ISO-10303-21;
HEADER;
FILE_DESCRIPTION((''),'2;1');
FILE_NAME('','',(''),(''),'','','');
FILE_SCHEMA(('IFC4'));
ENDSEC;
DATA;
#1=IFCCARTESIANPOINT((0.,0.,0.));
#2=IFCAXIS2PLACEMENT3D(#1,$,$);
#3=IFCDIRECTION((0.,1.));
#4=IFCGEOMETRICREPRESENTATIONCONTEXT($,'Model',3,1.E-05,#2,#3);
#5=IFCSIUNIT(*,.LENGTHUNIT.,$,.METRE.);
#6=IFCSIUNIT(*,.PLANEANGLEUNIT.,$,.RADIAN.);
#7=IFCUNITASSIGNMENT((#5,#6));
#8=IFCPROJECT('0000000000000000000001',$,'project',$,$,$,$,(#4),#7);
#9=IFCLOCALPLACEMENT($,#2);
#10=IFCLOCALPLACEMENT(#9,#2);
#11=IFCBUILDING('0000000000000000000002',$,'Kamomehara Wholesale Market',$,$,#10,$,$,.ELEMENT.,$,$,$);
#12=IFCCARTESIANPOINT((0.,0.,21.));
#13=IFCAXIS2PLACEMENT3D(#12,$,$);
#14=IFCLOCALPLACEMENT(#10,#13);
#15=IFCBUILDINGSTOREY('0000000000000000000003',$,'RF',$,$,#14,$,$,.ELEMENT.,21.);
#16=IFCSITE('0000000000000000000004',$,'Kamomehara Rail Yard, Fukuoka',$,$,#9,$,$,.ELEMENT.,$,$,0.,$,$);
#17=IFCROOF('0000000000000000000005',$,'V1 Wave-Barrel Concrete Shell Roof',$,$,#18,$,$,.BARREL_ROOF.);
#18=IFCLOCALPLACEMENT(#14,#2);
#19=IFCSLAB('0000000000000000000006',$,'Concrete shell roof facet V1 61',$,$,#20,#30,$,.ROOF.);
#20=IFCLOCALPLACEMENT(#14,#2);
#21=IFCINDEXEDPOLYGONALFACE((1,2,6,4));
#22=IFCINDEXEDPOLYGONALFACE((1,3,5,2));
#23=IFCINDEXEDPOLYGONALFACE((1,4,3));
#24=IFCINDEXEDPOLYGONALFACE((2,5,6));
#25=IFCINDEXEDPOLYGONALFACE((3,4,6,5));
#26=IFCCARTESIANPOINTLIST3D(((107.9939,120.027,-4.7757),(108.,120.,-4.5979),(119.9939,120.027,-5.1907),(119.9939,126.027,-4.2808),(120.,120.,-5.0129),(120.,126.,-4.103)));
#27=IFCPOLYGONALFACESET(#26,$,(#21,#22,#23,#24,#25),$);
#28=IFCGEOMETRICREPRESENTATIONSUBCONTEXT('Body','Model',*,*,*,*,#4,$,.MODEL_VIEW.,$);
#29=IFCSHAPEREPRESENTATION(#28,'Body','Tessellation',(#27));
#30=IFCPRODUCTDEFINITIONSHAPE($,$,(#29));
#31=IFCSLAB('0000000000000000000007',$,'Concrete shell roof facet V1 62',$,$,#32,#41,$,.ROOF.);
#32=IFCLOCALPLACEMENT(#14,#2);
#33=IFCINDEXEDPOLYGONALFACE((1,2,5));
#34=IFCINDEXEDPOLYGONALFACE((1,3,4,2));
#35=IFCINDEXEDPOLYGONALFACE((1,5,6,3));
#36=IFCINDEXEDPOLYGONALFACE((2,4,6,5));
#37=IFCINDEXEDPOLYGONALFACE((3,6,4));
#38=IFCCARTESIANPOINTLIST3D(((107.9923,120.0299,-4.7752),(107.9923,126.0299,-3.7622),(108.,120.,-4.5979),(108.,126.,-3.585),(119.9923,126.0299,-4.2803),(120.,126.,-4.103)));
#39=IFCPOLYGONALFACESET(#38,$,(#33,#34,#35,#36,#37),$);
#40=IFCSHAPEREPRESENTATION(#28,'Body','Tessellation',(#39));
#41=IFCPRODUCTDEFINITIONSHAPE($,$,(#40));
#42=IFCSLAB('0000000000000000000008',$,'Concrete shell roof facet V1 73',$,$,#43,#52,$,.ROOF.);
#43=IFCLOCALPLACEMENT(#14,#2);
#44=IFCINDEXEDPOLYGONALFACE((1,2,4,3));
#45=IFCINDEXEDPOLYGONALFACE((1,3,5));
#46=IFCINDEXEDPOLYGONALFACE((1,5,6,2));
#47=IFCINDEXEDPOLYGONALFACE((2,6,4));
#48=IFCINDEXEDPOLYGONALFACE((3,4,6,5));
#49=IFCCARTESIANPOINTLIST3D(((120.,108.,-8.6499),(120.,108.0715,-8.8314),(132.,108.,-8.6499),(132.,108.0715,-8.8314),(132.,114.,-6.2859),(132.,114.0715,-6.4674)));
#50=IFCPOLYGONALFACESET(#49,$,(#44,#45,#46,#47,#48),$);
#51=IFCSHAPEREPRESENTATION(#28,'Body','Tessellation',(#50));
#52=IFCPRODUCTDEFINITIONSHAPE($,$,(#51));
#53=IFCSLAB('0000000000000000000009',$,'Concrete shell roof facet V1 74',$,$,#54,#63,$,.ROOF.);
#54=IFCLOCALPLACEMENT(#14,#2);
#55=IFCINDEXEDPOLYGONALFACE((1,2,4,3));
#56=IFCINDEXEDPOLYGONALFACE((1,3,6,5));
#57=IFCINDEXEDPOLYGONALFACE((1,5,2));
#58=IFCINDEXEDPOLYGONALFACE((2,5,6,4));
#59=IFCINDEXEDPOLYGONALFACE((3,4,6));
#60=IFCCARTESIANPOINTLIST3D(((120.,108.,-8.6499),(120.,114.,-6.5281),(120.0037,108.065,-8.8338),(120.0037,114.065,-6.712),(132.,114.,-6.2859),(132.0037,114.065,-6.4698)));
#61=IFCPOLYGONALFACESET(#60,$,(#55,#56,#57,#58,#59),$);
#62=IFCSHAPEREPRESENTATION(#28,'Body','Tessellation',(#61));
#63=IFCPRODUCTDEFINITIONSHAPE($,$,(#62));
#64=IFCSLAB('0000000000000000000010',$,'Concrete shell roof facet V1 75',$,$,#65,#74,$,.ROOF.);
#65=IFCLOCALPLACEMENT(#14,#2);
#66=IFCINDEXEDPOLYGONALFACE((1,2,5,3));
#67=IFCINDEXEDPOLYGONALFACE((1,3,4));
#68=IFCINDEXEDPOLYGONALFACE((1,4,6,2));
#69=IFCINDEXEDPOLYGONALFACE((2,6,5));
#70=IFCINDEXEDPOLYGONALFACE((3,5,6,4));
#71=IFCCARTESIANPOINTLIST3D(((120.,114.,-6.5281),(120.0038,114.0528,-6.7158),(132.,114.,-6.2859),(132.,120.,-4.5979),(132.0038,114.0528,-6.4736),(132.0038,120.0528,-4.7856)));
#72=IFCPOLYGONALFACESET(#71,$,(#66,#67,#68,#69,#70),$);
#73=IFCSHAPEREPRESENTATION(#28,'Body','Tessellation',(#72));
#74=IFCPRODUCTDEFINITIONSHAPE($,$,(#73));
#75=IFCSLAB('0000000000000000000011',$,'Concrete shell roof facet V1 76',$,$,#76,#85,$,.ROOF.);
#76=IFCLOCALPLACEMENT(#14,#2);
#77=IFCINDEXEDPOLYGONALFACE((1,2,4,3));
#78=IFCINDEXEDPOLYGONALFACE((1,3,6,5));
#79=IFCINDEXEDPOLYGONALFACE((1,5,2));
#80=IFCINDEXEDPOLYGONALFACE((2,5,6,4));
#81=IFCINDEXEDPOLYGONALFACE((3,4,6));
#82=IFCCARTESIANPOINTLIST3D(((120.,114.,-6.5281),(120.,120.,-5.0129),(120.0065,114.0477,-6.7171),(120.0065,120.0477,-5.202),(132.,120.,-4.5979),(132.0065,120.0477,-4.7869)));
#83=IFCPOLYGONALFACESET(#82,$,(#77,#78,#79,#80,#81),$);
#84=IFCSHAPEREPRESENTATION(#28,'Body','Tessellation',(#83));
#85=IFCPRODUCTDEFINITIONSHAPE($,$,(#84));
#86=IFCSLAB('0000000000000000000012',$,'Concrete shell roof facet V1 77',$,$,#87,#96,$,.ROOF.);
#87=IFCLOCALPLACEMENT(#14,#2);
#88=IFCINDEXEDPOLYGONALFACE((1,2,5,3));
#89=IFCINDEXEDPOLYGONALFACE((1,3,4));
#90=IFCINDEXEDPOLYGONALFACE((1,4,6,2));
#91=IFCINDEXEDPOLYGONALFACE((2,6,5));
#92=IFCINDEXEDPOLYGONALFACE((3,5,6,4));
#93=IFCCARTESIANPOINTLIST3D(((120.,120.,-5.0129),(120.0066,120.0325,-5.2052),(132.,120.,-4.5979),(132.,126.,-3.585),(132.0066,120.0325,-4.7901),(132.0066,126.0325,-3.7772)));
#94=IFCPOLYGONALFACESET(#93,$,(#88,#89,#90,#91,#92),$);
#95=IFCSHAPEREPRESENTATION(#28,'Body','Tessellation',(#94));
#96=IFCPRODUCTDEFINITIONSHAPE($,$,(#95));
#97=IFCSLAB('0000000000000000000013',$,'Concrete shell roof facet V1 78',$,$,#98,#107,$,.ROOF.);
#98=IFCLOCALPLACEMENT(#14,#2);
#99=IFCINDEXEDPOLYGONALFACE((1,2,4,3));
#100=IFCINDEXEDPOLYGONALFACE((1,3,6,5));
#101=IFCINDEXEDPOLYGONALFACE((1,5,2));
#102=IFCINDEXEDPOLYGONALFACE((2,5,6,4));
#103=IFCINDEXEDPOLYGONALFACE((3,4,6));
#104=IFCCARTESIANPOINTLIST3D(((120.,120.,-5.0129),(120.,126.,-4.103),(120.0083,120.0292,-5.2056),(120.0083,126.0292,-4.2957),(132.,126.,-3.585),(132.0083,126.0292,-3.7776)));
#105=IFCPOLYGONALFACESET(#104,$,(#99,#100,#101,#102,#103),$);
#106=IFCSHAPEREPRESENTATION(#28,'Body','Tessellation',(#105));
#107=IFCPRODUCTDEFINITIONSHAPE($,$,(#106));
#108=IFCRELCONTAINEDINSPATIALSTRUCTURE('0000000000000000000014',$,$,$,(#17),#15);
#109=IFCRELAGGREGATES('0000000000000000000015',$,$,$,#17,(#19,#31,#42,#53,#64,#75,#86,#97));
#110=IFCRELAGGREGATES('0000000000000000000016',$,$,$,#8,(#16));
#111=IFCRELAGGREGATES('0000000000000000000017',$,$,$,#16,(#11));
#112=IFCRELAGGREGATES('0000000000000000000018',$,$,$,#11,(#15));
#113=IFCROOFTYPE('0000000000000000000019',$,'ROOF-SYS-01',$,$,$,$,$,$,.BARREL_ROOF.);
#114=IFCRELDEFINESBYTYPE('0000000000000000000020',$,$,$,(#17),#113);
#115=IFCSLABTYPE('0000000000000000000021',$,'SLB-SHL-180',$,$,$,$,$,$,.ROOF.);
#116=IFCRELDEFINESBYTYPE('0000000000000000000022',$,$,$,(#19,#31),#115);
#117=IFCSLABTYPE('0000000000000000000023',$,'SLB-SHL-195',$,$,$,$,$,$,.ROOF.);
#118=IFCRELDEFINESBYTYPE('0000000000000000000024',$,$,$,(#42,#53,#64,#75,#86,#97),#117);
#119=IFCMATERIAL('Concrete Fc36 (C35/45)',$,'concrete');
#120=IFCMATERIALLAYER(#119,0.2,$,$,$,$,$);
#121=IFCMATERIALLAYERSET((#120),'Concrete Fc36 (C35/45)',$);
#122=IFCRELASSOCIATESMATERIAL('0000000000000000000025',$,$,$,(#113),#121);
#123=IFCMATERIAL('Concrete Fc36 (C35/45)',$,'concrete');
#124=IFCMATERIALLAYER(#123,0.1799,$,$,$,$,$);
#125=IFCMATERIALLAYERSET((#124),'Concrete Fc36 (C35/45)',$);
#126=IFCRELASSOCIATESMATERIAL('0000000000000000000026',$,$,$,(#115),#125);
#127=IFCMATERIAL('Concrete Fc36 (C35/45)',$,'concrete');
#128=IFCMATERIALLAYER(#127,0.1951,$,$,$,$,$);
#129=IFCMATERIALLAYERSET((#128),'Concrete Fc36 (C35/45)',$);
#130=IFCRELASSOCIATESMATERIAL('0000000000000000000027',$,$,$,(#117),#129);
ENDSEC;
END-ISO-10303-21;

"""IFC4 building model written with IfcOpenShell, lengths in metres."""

from ifc_helpers import new_model, si_unit, direction, frame, origin, place, context, subcontext, project, spatial, polyline, outline, extrude, material, layer, layer_set, type_object, element, aggregate, save


model = new_model("IFC4")

# Units and contexts
model_context = context("Model", 3, precision=1e-05, world=origin(), true_north=direction((0.0, 1.0)))
body_context = subcontext(model_context, "Body", "Model", "MODEL_VIEW")
ifc_project = project(units=[si_unit("LENGTHUNIT", "METRE"), si_unit("PLANEANGLEUNIT", "RADIAN")], contexts=[model_context])

# Site, building, storey
site_placement = place(None, origin())
site = spatial("IfcSite", under=ifc_project, at=site_placement, Name="Kamomehara Rail Yard, Fukuoka", CompositionType="ELEMENT", RefElevation=0.0)
building_placement = place(site_placement, origin())
building = spatial("IfcBuilding", under=site, at=building_placement, Name="Kamomehara Wholesale Market", CompositionType="ELEMENT")
storey_placement = place(building_placement, frame((0.0, 0.0, 21.0)))
storey = spatial("IfcBuildingStorey", under=building, at=storey_placement, Name="RF", CompositionType="ELEMENT", Elevation=21.0)

# Roof, slabs
ifc_material_1 = material(Name="Concrete Fc36 (C35/45)", Category="concrete")
ifc_layer_1 = layer(ifc_material_1, 0.2)
ifc_layer_set_1 = layer_set([ifc_layer_1], Name="Concrete Fc36 (C35/45)")
roof_type = type_object("IfcRoofType", Name="ROOF-SYS-01", PredefinedType="BARREL_ROOF", material=ifc_layer_set_1)
roof_placement = place(storey_placement, origin())
roof = element("IfcRoof", 1, at=roof_placement, inside=storey, type_object=roof_type, Name="V1 Wave-Barrel Concrete Shell Roof", PredefinedType="BARREL_ROOF")
ifc_material_2 = material(Name="Concrete Fc36 (C35/45)", Category="concrete")
ifc_layer_2 = layer(ifc_material_2, 0.1799)
ifc_layer_set_2 = layer_set([ifc_layer_2], Name="Concrete Fc36 (C35/45)")
slab_type_1 = type_object("IfcSlabType", Name="SLB-SHL-180", PredefinedType="ROOF", material=ifc_layer_set_2)
slab_1_placement = place(storey_placement, frame((108.0, 120.0, -4.5979), z_axis=(0.034176, -0.14985, 0.988118), x_axis=(0.999402, 0.0, -0.034566)))
slab_1 = element("IfcSlab", 2, at=slab_1_placement, type_object=slab_type_1, Name="Concrete shell roof facet V1 61", PredefinedType="ROOF", context=body_context, shape_type="SweptSolid", body=[
    extrude(outline(polyline([(0.0, 0.0), (12.0072, 0.0), (11.9757, 6.0685), (0.0, 0.0)])), origin(), (0.0, 0.0, -1.0), 0.1799),
])
slab_2_placement = place(storey_placement, frame((108.0, 120.0, -4.5979), z_axis=(0.042531, -0.166317, 0.985155), x_axis=(0.893819, 0.44691, 0.036861)))
slab_2 = element("IfcSlab", 3, at=slab_2_placement, type_object=slab_type_1, Name="Concrete shell roof facet V1 62", PredefinedType="ROOF", context=body_context, shape_type="SweptSolid", body=[
    extrude(outline(polyline([(0.0, 0.0), (13.4255, 0.0), (2.7188, 5.4437), (0.0, 0.0)])), origin(), (0.0, 0.0, -1.0), 0.1799),
])
ifc_material_3 = material(Name="Concrete Fc36 (C35/45)", Category="concrete")
ifc_layer_3 = layer(ifc_material_3, 0.1951)
ifc_layer_set_3 = layer_set([ifc_layer_3], Name="Concrete Fc36 (C35/45)")
slab_type_2 = type_object("IfcSlabType", Name="SLB-SHL-195", PredefinedType="ROOF", material=ifc_layer_set_3)
slab_3_placement = place(storey_placement, frame((120.0, 108.0, -8.6499), z_axis=(0.0, -0.366575, 0.930388), x_axis=(1.0, 0.0, 0.0)))
slab_3 = element("IfcSlab", 4, at=slab_3_placement, type_object=slab_type_2, Name="Concrete shell roof facet V1 73", PredefinedType="ROOF", context=body_context, shape_type="SweptSolid", body=[
    extrude(outline(polyline([(0.0, 0.0), (12.0, 0.0), (12.0, 6.4489), (0.0, 0.0)])), origin(), (0.0, 0.0, -1.0), 0.1951),
])
slab_4_placement = place(storey_placement, frame((120.0, 108.0, -8.6499), z_axis=(-0.019024, -0.333344, 0.942613), x_axis=(0.880857, 0.440429, 0.17353)))
slab_4 = element("IfcSlab", 5, at=slab_4_placement, type_object=slab_type_2, Name="Concrete shell roof facet V1 74", PredefinedType="ROOF", context=body_context, shape_type="SweptSolid", body=[
    extrude(outline(polyline([(0.0, 0.0), (13.6231, 0.0), (3.0108, 5.6069), (0.0, 0.0)])), origin(), (0.0, 0.0, -1.0), 0.1951),
])
slab_5_placement = place(storey_placement, frame((120.0, 114.0, -6.5281), z_axis=(-0.019424, -0.270767, 0.962449), x_axis=(0.999796, 0.0, 0.020178)))
slab_5 = element("IfcSlab", 6, at=slab_5_placement, type_object=slab_type_2, Name="Concrete shell roof facet V1 75", PredefinedType="ROOF", context=body_context, shape_type="SweptSolid", body=[
    extrude(outline(polyline([(0.0, 0.0), (12.0024, 0.0), (12.0365, 6.2328), (0.0, 0.0)])), origin(), (0.0, 0.0, -1.0), 0.1951),
])
slab_6_placement = place(storey_placement, frame((120.0, 114.0, -6.5281), z_axis=(-0.033515, -0.2447, 0.96902), x_axis=(0.885312, 0.442656, 0.142401)))
slab_6 = element("IfcSlab", 7, at=slab_6_placement, type_object=slab_type_2, Name="Concrete shell roof facet V1 76", PredefinedType="ROOF", context=body_context, shape_type="SweptSolid", body=[
    extrude(outline(polyline([(0.0, 0.0), (13.5545, 0.0), (2.8717, 5.4817), (0.0, 0.0)])), origin(), (0.0, 0.0, -1.0), 0.1951),
])
slab_7_placement = place(storey_placement, frame((120.0, 120.0, -5.0129), z_axis=(-0.034084, -0.166371, 0.985474), x_axis=(0.999402, 0.0, 0.034566)))
slab_7 = element("IfcSlab", 8, at=slab_7_placement, type_object=slab_type_2, Name="Concrete shell roof facet V1 77", PredefinedType="ROOF", context=body_context, shape_type="SweptSolid", body=[
    extrude(outline(polyline([(0.0, 0.0), (12.0072, 0.0), (12.0422, 6.0848), (0.0, 0.0)])), origin(), (0.0, 0.0, -1.0), 0.1951),
])
slab_8_placement = place(storey_placement, frame((120.0, 120.0, -5.0129), z_axis=(-0.042645, -0.149801, 0.987796), x_axis=(0.889404, 0.444702, 0.105837)))
slab_8 = element("IfcSlab", 9, at=slab_8_placement, type_object=slab_type_2, Name="Concrete shell roof facet V1 78", PredefinedType="ROOF", context=body_context, shape_type="SweptSolid", body=[
    extrude(outline(polyline([(0.0, 0.0), (13.4922, 0.0), (2.7645, 5.4024), (0.0, 0.0)])), origin(), (0.0, 0.0, -1.0), 0.1951),
])
aggregate(roof, [slab_1, slab_2, slab_3, slab_4, slab_5, slab_6, slab_7, slab_8])

save(model, "model.ifc")
